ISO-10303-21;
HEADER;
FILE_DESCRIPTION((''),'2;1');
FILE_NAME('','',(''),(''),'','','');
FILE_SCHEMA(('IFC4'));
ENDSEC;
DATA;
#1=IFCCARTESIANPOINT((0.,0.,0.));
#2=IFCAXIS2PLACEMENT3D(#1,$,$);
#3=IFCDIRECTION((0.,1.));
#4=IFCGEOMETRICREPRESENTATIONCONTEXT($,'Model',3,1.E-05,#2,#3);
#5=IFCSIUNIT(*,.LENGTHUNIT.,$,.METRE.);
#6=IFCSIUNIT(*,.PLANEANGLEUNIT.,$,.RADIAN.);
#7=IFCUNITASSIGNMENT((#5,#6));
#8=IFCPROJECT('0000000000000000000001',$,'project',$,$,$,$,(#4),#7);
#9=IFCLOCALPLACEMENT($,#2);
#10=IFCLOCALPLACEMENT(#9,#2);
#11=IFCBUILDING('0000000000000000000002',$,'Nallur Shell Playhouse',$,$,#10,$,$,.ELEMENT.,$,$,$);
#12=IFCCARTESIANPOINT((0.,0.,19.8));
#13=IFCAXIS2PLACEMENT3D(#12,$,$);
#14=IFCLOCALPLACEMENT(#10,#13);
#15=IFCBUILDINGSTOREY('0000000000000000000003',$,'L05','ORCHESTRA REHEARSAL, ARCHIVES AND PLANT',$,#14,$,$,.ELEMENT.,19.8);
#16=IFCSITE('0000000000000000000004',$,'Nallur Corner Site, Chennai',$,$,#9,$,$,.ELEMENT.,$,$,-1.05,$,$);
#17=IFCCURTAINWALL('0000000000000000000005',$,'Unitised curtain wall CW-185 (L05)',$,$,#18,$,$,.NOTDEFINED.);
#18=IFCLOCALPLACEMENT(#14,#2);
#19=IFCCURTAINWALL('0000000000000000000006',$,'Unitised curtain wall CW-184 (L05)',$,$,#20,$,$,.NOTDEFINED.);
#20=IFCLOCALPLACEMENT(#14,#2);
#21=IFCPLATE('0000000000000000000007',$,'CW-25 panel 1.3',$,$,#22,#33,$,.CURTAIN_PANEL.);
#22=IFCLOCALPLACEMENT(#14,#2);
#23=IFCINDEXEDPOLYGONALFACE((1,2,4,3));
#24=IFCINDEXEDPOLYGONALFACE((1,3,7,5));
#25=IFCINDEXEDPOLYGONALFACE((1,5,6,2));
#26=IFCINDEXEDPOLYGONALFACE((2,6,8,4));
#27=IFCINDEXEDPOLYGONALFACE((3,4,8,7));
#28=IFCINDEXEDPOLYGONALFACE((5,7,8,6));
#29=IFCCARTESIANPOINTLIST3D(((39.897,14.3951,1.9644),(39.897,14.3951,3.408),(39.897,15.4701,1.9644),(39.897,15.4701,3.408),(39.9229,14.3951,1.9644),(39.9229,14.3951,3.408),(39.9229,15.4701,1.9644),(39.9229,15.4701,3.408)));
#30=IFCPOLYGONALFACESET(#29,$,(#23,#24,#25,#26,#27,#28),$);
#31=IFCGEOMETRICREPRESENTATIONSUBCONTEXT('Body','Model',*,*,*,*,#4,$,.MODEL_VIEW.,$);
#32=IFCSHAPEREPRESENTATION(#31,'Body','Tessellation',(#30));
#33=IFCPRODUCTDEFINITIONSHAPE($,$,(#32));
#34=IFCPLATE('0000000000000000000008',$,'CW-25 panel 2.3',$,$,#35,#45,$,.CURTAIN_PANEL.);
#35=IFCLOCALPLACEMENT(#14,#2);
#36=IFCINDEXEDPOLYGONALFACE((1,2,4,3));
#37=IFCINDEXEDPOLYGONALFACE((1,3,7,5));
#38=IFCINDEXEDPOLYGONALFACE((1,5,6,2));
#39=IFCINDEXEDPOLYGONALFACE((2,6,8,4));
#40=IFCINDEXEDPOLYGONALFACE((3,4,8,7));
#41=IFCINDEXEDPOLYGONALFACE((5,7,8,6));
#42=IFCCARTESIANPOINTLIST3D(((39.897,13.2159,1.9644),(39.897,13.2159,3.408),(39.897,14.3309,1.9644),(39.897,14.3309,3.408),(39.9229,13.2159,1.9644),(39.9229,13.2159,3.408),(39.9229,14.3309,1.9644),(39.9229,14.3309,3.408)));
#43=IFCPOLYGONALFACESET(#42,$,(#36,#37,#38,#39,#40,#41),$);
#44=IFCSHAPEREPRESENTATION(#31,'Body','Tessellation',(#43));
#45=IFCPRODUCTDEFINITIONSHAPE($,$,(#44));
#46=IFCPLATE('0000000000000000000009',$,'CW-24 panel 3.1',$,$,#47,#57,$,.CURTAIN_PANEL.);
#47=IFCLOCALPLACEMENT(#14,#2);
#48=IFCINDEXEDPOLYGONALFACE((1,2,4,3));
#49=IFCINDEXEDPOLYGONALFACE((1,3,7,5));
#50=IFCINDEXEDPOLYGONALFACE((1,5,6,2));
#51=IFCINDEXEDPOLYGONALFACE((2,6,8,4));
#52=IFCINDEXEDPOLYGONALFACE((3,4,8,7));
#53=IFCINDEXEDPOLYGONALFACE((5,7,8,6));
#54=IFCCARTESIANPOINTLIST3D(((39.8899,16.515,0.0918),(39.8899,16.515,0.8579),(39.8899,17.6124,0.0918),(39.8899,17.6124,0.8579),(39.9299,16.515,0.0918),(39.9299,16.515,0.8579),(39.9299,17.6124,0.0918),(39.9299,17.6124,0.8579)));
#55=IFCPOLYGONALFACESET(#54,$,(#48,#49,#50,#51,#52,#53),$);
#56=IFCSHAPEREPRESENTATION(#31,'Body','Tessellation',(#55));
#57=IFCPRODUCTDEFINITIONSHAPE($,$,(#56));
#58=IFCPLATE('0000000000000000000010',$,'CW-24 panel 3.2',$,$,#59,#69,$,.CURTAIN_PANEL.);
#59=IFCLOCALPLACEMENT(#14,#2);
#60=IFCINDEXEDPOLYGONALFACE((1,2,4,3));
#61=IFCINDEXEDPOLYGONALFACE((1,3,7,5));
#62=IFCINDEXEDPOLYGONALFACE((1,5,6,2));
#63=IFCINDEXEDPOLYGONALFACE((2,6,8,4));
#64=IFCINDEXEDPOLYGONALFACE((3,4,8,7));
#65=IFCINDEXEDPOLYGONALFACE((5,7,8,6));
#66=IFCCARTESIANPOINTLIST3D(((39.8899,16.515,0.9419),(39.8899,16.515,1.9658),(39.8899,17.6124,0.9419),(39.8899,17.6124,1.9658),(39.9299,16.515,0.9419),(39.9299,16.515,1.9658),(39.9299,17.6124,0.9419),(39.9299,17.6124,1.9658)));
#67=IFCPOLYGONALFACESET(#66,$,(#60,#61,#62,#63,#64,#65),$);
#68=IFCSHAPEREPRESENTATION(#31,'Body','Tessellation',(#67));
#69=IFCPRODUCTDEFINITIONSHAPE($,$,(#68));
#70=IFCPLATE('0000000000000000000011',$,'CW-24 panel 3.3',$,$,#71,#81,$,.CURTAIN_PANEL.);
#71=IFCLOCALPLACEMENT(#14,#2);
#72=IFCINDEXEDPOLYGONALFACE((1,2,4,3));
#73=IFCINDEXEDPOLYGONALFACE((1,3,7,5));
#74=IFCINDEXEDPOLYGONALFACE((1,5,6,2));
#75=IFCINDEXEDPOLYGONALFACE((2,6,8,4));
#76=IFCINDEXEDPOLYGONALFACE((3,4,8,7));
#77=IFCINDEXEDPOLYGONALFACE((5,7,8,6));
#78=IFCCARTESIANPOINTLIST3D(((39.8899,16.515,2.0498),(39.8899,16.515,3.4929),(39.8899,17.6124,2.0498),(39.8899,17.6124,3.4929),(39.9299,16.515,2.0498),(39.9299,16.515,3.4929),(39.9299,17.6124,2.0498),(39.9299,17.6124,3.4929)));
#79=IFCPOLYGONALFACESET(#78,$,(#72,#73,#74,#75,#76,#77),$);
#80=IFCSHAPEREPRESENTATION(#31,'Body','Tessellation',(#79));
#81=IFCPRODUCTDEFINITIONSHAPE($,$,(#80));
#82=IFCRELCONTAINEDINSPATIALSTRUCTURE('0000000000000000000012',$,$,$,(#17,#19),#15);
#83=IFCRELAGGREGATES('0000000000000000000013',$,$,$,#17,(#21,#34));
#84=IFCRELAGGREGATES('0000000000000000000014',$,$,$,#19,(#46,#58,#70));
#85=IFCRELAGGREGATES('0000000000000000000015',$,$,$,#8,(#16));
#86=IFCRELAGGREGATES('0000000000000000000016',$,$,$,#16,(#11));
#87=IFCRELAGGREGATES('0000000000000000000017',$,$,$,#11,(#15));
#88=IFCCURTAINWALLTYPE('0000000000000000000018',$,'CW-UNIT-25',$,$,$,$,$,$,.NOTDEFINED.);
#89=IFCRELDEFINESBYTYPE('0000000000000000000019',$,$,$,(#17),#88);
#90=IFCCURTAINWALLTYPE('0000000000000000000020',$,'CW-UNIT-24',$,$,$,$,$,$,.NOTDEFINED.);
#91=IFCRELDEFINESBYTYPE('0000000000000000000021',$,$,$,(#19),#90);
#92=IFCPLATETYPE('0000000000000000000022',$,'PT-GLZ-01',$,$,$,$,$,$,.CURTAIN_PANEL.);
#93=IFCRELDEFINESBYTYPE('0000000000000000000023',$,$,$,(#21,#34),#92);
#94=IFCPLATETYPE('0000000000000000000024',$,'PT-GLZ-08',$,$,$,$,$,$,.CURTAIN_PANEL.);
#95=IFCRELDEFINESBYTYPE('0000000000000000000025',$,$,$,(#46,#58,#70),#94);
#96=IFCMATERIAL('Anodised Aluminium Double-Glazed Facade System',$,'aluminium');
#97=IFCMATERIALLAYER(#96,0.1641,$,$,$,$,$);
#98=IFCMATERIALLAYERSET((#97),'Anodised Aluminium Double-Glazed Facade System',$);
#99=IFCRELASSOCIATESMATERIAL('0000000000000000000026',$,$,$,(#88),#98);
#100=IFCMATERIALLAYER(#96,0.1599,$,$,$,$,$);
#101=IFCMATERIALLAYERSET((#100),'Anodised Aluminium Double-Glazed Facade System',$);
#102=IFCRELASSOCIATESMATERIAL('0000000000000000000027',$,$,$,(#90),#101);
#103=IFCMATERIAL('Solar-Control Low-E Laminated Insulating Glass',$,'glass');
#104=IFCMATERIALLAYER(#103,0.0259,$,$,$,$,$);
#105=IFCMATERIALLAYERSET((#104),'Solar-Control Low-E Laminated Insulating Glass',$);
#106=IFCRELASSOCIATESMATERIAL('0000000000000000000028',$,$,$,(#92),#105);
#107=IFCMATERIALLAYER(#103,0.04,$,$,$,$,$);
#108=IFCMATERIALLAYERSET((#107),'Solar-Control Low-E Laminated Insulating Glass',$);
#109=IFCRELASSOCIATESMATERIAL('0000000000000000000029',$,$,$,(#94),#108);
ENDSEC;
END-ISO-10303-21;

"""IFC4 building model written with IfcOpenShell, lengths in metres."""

from ifc_helpers import new_model, si_unit, direction, frame, origin, origin_2d, place, context, subcontext, project, spatial, rectangle, extrude, material, layer, layer_set, type_object, element, aggregate, save


model = new_model("IFC4")

# Units and contexts
model_context = context("Model", 3, precision=1e-05, world=origin(), true_north=direction((0.0, 1.0)))
body_context = subcontext(model_context, "Body", "Model", "MODEL_VIEW")
ifc_project = project(units=[si_unit("LENGTHUNIT", "METRE"), si_unit("PLANEANGLEUNIT", "RADIAN")], contexts=[model_context])

# Site, building, storey
site_placement = place(None, origin())
site = spatial("IfcSite", under=ifc_project, at=site_placement, Name="Nallur Corner Site, Chennai", CompositionType="ELEMENT", RefElevation=-1.05)
building_placement = place(site_placement, origin())
building = spatial("IfcBuilding", under=site, at=building_placement, Name="Nallur Shell Playhouse", CompositionType="ELEMENT")
storey_placement = place(building_placement, frame((0.0, 0.0, 19.8)))
storey = spatial("IfcBuildingStorey", under=building, at=storey_placement, Name="L05", Description="ORCHESTRA REHEARSAL, ARCHIVES AND PLANT", CompositionType="ELEMENT", Elevation=19.8)

# Curtain wall
ifc_material_1 = material(Name="Anodised Aluminium Double-Glazed Facade System", Category="aluminium")
ifc_layer_1 = layer(ifc_material_1, 0.1641)
ifc_layer_set_1 = layer_set([ifc_layer_1], Name="Anodised Aluminium Double-Glazed Facade System")
curtain_wall_type_1 = type_object("IfcCurtainWallType", Name="CW-UNIT-25", PredefinedType="NOTDEFINED", material=ifc_layer_set_1)
curtain_wall_1_placement = place(storey_placement, origin())
curtain_wall_1 = element("IfcCurtainWall", 1, at=curtain_wall_1_placement, inside=storey, type_object=curtain_wall_type_1, Name="Unitised curtain wall CW-185 (L05)", PredefinedType="NOTDEFINED")

# Curtain wall
ifc_layer_2 = layer(ifc_material_1, 0.1599)
ifc_layer_set_2 = layer_set([ifc_layer_2], Name="Anodised Aluminium Double-Glazed Facade System")
curtain_wall_type_2 = type_object("IfcCurtainWallType", Name="CW-UNIT-24", PredefinedType="NOTDEFINED", material=ifc_layer_set_2)
curtain_wall_2_placement = place(storey_placement, origin())
curtain_wall_2 = element("IfcCurtainWall", 2, at=curtain_wall_2_placement, inside=storey, type_object=curtain_wall_type_2, Name="Unitised curtain wall CW-184 (L05)", PredefinedType="NOTDEFINED")

# Plates
ifc_material_2 = material(Name="Solar-Control Low-E Laminated Insulating Glass", Category="glass")
ifc_layer_3 = layer(ifc_material_2, 0.0259)
ifc_layer_set_3 = layer_set([ifc_layer_3], Name="Solar-Control Low-E Laminated Insulating Glass")
plate_type_1 = type_object("IfcPlateType", Name="PT-GLZ-01", PredefinedType="CURTAIN_PANEL", material=ifc_layer_set_3)
plate_1_placement = place(storey_placement, frame((39.9099, 14.9326, 1.9644), z_axis=(0.0, 0.0, 1.0), x_axis=(0.0, -1.0, 0.0)))
plate_1 = element("IfcPlate", 3, at=plate_1_placement, type_object=plate_type_1, Name="CW-25 panel 1.3", PredefinedType="CURTAIN_PANEL", context=body_context, shape_type="SweptSolid", body=[
    extrude(rectangle(XDim=1.075, YDim=0.0259, at=origin_2d()), origin(), (0.0, 0.0, 1.0), 1.4436),
])
plate_2_placement = place(storey_placement, frame((39.9099, 13.7734, 1.9644), z_axis=(0.0, 0.0, 1.0), x_axis=(0.0, -1.0, 0.0)))
plate_2 = element("IfcPlate", 4, at=plate_2_placement, type_object=plate_type_1, Name="CW-25 panel 2.3", PredefinedType="CURTAIN_PANEL", context=body_context, shape_type="SweptSolid", body=[
    extrude(rectangle(XDim=1.115, YDim=0.0259, at=origin_2d()), origin(), (0.0, 0.0, 1.0), 1.4436),
])
aggregate(curtain_wall_1, [plate_1, plate_2])
ifc_layer_4 = layer(ifc_material_2, 0.04)
ifc_layer_set_4 = layer_set([ifc_layer_4], Name="Solar-Control Low-E Laminated Insulating Glass")
plate_type_2 = type_object("IfcPlateType", Name="PT-GLZ-08", PredefinedType="CURTAIN_PANEL", material=ifc_layer_set_4)
plate_3_placement = place(storey_placement, frame((39.9099, 17.0637, 0.0918), z_axis=(0.0, 0.0, 1.0), x_axis=(0.0, -1.0, 0.0)))
plate_3 = element("IfcPlate", 5, at=plate_3_placement, type_object=plate_type_2, Name="CW-24 panel 3.1", PredefinedType="CURTAIN_PANEL", context=body_context, shape_type="SweptSolid", body=[
    extrude(rectangle(XDim=1.0974, YDim=0.04, at=origin_2d()), origin(), (0.0, 0.0, 1.0), 0.7661),
])
plate_4_placement = place(storey_placement, frame((39.9099, 17.0637, 0.9419), z_axis=(0.0, 0.0, 1.0), x_axis=(0.0, -1.0, 0.0)))
plate_4 = element("IfcPlate", 6, at=plate_4_placement, type_object=plate_type_2, Name="CW-24 panel 3.2", PredefinedType="CURTAIN_PANEL", context=body_context, shape_type="SweptSolid", body=[
    extrude(rectangle(XDim=1.0974, YDim=0.04, at=origin_2d()), origin(), (0.0, 0.0, 1.0), 1.0239),
])
plate_5_placement = place(storey_placement, frame((39.9099, 17.0637, 2.0498), z_axis=(0.0, 0.0, 1.0), x_axis=(0.0, -1.0, 0.0)))
plate_5 = element("IfcPlate", 7, at=plate_5_placement, type_object=plate_type_2, Name="CW-24 panel 3.3", PredefinedType="CURTAIN_PANEL", context=body_context, shape_type="SweptSolid", body=[
    extrude(rectangle(XDim=1.0974, YDim=0.04, at=origin_2d()), origin(), (0.0, 0.0, 1.0), 1.4431),
])
aggregate(curtain_wall_2, [plate_3, plate_4, plate_5])

save(model, "model.ifc")
